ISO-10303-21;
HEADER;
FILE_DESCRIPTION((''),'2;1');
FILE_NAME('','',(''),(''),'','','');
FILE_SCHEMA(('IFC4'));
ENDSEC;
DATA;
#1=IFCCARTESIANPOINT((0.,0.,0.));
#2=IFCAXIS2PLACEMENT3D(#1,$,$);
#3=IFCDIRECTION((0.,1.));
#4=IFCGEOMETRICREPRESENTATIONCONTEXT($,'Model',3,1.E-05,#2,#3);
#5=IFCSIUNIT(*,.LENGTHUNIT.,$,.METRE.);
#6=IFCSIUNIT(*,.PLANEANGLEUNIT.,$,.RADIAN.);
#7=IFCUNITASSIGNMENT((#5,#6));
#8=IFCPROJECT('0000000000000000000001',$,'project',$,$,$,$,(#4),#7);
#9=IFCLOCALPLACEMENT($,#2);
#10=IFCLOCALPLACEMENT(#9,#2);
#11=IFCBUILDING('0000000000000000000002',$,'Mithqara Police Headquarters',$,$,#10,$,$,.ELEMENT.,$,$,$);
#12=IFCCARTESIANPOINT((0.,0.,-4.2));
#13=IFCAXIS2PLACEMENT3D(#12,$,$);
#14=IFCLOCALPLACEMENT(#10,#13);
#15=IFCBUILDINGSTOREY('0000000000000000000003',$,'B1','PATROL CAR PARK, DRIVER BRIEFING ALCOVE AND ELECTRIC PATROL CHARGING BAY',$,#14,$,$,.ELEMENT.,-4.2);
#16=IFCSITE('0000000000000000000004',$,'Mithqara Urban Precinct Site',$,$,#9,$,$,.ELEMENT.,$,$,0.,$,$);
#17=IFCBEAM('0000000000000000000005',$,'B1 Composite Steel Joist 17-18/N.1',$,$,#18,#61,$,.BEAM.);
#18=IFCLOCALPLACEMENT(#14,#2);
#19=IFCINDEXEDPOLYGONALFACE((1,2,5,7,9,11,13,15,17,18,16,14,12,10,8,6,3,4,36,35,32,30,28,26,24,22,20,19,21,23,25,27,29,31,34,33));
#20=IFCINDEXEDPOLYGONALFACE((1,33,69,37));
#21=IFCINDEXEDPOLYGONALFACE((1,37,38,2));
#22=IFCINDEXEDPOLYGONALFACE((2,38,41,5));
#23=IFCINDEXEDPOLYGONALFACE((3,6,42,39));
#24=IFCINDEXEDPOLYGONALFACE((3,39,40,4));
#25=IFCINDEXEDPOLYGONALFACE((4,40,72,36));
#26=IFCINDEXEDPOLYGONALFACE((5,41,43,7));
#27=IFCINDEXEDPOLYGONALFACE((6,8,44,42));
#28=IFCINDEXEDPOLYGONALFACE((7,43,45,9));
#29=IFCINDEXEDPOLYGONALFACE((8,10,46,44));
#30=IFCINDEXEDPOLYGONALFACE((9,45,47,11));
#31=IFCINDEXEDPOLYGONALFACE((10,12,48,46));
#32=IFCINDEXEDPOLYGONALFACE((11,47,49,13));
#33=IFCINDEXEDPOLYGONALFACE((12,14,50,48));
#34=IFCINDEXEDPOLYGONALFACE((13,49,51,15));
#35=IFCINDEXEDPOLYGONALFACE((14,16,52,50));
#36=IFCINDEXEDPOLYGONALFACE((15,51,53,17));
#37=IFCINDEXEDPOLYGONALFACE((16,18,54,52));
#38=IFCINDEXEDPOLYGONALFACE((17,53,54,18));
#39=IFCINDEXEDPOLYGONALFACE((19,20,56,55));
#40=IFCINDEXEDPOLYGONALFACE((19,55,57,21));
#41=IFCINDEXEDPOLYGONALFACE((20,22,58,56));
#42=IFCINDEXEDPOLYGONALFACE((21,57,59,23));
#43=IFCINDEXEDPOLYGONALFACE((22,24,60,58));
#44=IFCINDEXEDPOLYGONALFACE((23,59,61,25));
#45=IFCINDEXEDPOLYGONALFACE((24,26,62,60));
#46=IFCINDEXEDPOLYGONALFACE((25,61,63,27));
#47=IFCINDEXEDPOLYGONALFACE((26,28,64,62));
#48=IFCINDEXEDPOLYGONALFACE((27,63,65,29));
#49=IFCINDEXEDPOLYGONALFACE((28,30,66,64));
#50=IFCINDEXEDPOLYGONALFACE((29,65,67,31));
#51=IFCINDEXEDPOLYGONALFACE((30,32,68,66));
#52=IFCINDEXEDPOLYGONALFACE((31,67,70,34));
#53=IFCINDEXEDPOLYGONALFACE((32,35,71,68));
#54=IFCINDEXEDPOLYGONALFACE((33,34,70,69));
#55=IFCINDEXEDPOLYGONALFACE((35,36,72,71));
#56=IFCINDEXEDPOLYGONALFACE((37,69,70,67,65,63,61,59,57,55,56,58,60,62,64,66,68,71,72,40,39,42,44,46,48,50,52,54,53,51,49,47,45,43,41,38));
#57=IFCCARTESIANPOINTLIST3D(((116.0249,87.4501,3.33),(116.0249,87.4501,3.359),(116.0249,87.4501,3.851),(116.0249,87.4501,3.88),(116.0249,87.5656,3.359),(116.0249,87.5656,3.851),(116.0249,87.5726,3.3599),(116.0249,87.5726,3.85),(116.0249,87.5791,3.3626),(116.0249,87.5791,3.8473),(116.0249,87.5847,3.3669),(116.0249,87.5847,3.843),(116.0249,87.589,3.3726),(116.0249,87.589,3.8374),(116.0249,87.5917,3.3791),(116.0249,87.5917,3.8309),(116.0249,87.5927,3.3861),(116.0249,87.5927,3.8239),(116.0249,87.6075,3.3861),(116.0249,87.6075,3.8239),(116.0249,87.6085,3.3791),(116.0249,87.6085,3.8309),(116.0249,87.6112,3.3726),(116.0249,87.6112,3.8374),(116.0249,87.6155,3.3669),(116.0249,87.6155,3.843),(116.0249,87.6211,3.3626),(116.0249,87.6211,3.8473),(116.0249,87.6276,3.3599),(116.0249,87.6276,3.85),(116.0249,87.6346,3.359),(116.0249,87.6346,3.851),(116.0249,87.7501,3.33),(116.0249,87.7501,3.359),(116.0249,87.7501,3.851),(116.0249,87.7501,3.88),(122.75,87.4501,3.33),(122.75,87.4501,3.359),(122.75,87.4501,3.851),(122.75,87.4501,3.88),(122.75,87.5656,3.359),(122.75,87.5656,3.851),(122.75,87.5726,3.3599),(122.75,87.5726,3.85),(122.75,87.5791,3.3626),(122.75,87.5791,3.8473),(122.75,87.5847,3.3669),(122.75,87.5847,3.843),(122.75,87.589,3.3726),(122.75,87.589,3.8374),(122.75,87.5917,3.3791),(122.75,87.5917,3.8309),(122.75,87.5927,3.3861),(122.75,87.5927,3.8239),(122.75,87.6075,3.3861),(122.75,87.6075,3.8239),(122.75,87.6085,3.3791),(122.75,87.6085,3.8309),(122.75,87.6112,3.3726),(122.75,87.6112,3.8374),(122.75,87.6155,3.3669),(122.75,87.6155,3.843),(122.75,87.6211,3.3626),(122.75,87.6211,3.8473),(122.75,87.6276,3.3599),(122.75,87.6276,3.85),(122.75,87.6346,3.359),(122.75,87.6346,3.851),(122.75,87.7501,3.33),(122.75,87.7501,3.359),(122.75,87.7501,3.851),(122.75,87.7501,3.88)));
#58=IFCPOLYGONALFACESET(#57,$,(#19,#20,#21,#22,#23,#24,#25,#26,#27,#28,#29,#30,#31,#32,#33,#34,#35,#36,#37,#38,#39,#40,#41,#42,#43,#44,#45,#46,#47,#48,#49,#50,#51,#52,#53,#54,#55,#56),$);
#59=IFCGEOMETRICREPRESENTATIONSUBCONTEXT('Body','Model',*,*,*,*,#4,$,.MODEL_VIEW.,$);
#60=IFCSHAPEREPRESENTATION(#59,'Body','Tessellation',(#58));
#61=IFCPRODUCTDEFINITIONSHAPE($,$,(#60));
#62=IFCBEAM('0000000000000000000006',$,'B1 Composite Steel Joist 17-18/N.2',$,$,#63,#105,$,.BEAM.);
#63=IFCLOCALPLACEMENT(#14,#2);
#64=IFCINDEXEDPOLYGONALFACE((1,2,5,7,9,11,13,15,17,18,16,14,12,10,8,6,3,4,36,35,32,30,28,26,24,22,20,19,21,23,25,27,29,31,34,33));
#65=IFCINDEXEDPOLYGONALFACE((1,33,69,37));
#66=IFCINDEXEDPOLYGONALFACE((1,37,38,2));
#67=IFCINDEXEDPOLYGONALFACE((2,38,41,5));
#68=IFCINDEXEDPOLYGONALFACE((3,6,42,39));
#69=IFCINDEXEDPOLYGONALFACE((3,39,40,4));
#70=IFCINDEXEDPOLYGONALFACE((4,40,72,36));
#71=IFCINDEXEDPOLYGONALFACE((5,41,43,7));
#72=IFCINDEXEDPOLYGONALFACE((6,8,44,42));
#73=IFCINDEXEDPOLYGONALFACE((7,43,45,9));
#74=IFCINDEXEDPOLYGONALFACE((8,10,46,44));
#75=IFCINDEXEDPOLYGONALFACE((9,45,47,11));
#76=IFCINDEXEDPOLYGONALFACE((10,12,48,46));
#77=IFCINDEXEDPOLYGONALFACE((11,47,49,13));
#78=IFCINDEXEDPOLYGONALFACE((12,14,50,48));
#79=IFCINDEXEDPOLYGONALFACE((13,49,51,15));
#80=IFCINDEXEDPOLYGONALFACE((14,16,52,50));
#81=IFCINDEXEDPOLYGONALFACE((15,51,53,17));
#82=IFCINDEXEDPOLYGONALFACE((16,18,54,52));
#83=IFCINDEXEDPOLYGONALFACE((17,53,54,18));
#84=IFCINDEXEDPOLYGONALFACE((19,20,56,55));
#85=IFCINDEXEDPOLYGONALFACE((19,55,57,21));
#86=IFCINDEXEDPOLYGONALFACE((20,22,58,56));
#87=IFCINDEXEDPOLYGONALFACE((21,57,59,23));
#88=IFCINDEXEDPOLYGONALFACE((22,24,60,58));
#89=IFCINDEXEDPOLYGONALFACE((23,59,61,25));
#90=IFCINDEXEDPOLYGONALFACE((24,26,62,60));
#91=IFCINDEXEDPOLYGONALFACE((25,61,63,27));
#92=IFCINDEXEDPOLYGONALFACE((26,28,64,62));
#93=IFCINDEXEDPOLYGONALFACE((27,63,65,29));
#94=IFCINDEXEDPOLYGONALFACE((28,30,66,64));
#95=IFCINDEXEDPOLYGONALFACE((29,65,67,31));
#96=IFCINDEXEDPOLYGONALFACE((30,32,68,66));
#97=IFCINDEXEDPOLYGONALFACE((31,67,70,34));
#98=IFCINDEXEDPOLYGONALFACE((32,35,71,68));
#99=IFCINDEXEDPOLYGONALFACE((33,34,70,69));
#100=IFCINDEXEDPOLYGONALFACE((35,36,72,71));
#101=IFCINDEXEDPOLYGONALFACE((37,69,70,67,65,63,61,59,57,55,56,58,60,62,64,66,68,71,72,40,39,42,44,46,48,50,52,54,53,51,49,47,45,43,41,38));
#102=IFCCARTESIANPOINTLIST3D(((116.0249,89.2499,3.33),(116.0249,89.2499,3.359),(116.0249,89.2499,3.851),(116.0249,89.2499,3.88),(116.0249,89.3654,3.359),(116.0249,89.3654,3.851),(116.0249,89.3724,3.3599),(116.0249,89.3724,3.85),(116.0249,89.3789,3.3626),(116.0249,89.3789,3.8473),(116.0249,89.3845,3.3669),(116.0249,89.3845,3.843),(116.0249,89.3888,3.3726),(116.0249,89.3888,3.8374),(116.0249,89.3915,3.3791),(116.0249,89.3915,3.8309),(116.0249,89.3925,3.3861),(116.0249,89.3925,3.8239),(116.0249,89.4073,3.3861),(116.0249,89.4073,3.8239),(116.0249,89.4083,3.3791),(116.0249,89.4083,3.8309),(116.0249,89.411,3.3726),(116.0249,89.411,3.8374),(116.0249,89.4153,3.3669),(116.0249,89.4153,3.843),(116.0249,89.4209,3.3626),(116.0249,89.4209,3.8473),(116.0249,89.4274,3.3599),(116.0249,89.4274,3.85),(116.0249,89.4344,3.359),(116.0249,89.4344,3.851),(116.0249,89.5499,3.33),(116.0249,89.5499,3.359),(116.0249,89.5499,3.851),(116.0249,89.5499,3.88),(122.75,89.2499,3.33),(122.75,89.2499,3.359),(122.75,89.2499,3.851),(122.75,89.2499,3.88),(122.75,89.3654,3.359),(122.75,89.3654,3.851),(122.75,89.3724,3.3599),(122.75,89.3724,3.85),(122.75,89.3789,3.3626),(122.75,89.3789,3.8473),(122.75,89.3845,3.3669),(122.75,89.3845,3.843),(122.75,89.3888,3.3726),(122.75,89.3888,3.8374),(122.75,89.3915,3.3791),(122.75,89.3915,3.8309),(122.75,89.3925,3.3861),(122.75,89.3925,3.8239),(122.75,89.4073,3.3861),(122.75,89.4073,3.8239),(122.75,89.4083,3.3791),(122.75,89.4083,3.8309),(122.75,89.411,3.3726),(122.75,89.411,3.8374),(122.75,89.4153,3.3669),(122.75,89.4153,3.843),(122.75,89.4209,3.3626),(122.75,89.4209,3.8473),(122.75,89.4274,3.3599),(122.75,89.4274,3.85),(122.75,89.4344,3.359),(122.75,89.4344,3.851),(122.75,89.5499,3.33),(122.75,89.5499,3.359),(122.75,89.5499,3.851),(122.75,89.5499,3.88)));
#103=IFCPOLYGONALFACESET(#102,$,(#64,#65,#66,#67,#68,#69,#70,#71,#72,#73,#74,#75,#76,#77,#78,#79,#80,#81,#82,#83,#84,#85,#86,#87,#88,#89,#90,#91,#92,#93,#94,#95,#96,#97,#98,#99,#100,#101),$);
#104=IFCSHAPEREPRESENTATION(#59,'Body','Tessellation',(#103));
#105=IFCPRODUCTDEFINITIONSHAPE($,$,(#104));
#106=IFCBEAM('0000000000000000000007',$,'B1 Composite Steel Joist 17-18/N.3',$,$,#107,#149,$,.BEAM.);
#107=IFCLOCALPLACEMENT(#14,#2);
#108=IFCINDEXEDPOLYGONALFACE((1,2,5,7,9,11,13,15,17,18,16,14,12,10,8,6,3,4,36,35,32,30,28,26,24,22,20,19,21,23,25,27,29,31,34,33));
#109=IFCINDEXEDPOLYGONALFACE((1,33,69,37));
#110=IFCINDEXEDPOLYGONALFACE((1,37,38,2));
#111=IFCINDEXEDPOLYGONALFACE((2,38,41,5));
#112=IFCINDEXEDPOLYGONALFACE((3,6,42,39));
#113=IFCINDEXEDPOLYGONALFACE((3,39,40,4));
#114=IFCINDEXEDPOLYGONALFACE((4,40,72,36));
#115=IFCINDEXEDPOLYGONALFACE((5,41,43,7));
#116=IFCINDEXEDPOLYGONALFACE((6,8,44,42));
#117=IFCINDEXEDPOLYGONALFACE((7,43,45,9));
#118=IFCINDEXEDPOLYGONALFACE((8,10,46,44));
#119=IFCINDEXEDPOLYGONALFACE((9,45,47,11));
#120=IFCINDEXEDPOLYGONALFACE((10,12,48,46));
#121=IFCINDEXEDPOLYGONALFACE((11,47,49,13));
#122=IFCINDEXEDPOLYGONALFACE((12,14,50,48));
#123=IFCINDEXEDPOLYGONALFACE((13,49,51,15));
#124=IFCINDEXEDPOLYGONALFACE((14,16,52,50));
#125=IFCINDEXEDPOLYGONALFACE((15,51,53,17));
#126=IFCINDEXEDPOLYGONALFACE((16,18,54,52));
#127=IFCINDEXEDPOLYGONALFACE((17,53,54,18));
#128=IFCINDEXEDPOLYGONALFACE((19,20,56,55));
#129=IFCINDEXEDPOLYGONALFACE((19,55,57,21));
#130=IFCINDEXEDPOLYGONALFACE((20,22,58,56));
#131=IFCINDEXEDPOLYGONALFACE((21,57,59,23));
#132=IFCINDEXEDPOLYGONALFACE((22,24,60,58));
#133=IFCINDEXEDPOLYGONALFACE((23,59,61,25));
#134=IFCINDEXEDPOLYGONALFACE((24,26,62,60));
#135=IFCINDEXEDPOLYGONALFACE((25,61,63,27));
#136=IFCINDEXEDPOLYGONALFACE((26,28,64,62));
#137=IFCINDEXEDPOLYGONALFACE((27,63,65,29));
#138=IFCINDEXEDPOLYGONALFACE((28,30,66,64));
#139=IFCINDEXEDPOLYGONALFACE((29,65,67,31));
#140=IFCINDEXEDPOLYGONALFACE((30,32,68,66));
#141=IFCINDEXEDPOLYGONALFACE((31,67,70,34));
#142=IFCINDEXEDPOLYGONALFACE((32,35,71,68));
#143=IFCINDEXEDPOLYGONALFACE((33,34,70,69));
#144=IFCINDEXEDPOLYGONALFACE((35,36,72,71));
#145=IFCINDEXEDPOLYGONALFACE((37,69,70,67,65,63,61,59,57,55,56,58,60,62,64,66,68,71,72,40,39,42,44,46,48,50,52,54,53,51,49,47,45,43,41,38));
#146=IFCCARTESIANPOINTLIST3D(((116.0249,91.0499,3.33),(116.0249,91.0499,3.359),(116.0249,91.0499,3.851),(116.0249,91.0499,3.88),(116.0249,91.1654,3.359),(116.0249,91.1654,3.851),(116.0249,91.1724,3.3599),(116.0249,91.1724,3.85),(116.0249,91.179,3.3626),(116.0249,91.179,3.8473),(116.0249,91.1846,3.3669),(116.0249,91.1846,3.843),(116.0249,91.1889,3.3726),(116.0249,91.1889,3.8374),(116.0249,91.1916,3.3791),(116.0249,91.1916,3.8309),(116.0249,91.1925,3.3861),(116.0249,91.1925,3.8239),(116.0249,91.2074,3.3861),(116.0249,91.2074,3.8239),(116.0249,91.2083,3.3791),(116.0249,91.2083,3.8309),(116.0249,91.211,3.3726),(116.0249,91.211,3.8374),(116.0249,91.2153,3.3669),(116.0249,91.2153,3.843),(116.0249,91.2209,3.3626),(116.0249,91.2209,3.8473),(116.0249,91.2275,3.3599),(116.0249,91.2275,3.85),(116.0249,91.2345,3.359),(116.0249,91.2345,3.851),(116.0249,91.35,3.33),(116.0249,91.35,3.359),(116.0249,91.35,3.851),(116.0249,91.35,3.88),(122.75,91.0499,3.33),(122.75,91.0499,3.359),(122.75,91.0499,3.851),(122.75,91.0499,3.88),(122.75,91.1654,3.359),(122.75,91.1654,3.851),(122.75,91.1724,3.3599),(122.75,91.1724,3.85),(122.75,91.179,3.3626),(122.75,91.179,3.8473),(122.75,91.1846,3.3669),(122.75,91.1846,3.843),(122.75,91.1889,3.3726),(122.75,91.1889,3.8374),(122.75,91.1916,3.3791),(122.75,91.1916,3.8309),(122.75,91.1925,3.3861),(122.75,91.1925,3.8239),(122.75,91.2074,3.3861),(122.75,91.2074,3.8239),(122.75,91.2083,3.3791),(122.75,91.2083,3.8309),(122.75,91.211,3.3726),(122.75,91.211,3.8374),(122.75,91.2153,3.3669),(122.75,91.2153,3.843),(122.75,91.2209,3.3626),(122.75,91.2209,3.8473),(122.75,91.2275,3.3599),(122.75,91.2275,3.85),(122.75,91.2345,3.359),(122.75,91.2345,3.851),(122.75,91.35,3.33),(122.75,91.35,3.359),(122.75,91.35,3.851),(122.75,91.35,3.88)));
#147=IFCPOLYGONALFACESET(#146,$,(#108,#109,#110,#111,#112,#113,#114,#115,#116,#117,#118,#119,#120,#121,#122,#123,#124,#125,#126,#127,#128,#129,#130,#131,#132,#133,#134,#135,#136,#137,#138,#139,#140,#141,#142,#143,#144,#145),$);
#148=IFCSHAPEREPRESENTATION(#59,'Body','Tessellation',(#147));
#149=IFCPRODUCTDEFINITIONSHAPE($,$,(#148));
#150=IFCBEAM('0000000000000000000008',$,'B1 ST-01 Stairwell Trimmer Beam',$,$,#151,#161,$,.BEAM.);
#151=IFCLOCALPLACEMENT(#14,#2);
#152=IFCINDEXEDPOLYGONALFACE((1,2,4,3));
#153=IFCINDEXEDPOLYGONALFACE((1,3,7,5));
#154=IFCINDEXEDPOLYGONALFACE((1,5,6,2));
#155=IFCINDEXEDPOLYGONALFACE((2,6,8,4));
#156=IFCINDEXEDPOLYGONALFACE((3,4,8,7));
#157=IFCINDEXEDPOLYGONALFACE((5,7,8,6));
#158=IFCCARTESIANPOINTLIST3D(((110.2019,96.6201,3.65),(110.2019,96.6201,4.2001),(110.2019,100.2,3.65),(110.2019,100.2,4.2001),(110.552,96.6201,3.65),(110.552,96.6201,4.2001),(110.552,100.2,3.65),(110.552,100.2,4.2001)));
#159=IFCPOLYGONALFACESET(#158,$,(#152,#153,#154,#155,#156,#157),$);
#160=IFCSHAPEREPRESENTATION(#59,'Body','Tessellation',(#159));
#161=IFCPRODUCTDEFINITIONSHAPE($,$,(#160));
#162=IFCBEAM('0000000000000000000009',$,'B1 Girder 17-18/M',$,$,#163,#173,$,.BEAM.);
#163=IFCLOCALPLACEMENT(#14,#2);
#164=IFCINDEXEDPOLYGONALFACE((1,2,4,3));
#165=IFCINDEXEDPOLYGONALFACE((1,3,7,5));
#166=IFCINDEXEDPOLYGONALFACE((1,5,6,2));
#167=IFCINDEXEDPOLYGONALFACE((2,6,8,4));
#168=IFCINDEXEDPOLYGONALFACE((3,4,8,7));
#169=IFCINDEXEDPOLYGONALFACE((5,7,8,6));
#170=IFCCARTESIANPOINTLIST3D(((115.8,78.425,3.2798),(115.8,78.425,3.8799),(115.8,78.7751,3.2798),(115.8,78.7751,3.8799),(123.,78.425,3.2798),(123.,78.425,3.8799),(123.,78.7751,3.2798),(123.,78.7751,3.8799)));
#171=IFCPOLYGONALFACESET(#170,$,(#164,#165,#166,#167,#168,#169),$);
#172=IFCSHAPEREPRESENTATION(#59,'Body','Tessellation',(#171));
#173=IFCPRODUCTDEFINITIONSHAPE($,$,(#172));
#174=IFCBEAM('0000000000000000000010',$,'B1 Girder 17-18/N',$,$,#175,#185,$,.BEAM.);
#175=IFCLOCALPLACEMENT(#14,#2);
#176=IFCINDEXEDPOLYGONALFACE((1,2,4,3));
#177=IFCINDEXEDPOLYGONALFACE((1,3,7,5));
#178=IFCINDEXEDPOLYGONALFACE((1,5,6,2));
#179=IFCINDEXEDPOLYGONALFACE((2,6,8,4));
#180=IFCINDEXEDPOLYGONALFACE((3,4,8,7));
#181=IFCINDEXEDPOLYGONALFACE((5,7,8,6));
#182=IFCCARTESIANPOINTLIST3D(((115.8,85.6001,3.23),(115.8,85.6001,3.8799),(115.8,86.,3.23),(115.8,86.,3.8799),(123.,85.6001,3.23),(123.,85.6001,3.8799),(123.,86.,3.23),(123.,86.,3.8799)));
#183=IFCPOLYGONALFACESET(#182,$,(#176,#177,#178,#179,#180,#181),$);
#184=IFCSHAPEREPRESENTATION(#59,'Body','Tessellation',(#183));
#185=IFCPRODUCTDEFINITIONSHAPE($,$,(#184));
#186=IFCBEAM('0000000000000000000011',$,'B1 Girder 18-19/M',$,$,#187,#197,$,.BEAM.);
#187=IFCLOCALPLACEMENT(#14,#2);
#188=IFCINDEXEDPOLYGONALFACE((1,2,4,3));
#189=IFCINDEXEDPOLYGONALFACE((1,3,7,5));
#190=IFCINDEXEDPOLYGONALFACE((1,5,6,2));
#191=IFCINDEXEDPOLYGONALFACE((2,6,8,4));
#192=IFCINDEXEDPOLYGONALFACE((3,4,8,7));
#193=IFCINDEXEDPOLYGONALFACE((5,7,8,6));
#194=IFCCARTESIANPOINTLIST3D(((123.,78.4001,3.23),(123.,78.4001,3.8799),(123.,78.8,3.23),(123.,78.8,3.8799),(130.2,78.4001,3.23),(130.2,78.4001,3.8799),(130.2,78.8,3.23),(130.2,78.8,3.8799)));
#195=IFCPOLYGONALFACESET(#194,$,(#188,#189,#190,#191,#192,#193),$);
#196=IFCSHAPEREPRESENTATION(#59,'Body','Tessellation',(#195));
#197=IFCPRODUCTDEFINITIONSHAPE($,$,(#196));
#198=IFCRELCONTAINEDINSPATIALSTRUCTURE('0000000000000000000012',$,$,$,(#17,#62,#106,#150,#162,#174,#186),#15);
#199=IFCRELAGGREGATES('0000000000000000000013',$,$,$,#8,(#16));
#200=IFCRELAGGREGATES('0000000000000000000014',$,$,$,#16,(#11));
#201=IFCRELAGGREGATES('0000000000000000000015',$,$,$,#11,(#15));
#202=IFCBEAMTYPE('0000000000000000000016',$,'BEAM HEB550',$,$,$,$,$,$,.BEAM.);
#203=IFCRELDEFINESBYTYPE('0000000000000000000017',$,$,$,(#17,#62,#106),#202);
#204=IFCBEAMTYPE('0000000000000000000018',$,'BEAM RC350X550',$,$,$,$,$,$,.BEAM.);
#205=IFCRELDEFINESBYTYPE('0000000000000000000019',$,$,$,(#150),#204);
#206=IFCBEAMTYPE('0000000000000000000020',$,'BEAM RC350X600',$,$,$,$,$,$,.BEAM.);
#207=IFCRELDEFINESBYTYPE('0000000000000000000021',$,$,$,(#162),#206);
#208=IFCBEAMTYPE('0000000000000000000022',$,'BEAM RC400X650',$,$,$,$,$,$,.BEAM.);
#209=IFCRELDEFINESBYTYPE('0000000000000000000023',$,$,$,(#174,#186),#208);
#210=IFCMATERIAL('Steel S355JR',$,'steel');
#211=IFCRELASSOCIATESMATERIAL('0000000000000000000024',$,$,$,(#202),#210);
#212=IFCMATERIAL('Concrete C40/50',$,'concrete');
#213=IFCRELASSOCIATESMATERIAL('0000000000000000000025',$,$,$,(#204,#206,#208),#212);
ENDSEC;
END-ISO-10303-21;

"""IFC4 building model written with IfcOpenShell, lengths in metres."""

from ifc_helpers import new_model, si_unit, direction, frame, origin, origin_2d, place, context, subcontext, project, spatial, rectangle, i_section, extrude, material, material_profile, profile_set, type_object, element, save


model = new_model("IFC4")

# Units and contexts
model_context = context("Model", 3, precision=1e-05, world=origin(), true_north=direction((0.0, 1.0)))
body_context = subcontext(model_context, "Body", "Model", "MODEL_VIEW")
ifc_project = project(units=[si_unit("LENGTHUNIT", "METRE"), si_unit("PLANEANGLEUNIT", "RADIAN")], contexts=[model_context])

# Site, building, storey
site_placement = place(None, origin())
site = spatial("IfcSite", under=ifc_project, at=site_placement, Name="Mithqara Urban Precinct Site", CompositionType="ELEMENT", RefElevation=0.0)
building_placement = place(site_placement, origin())
building = spatial("IfcBuilding", under=site, at=building_placement, Name="Mithqara Police Headquarters", CompositionType="ELEMENT")
storey_placement = place(building_placement, frame((0.0, 0.0, -4.2)))
storey = spatial("IfcBuildingStorey", under=building, at=storey_placement, Name="B1", Description="PATROL CAR PARK, DRIVER BRIEFING ALCOVE AND ELECTRIC PATROL CHARGING BAY", CompositionType="ELEMENT", Elevation=-4.2)

# Beams
ifc_material_1 = material(Name="Steel S355JR", Category="steel")
ifc_material_profile_1 = material_profile(ifc_material_1, i_section(OverallWidth=0.3, OverallDepth=0.55, WebThickness=0.0149, FlangeThickness=0.0291, FilletRadius=0.0271, at=origin_2d()), Name="HEB 550")
ifc_profile_set_1 = profile_set([ifc_material_profile_1], Name="Steel S355JR")
beam_type_1 = type_object("IfcBeamType", Name="BEAM HEB550", PredefinedType="BEAM", material=ifc_profile_set_1)
for number, where, z_axis, x_axis, name in (
    (1, (116.0249, 87.6001, 3.605), (1.0, 0.0, 0.0), (0.0, 1.0, 0.0), "B1 Composite Steel Joist 17-18/N.1"),
    (2, (116.0249, 89.3999, 3.605), (1.0, 0.0, 0.0), (0.0, 1.0, 0.0), "B1 Composite Steel Joist 17-18/N.2"),
    (3, (116.0249, 91.2, 3.605), (1.0, 0.0, 0.0), (0.0, 1.0, 0.0), "B1 Composite Steel Joist 17-18/N.3"),
):
    element("IfcBeam", number, at=place(storey_placement, frame(where, z_axis=z_axis, x_axis=x_axis)), inside=storey, type_object=beam_type_1, Name=name, PredefinedType="BEAM", context=body_context, shape_type="SweptSolid", body=[
        extrude(i_section(OverallWidth=0.3, OverallDepth=0.55, WebThickness=0.0149, FlangeThickness=0.0291, FilletRadius=0.0271, at=origin_2d()), origin(), (0.0, 0.0, 1.0), 6.7251),
    ])
ifc_material_2 = material(Name="Concrete C40/50", Category="concrete")
ifc_material_profile_2 = material_profile(ifc_material_2, rectangle(XDim=0.3501, YDim=0.55, at=origin_2d()), Name="RC 350x550")
ifc_profile_set_2 = profile_set([ifc_material_profile_2], Name="Concrete C40/50")
beam_type_2 = type_object("IfcBeamType", Name="BEAM RC350X550", PredefinedType="BEAM", material=ifc_profile_set_2)
beam_1_placement = place(storey_placement, frame((110.377, 96.6201, 3.925), z_axis=(0.0, 1.0, 0.0), x_axis=(-1.0, 0.0, 0.0)))
element("IfcBeam", 4, at=beam_1_placement, inside=storey, type_object=beam_type_2, Name="B1 ST-01 Stairwell Trimmer Beam", PredefinedType="BEAM", context=body_context, shape_type="SweptSolid", body=[
    extrude(rectangle(XDim=0.3501, YDim=0.55, at=origin_2d()), origin(), (0.0, 0.0, 1.0), 3.5798),
])
ifc_material_profile_3 = material_profile(ifc_material_2, rectangle(XDim=0.3501, YDim=0.6001, at=origin_2d()), Name="RC 350x600")
ifc_profile_set_3 = profile_set([ifc_material_profile_3], Name="Concrete C40/50")
beam_type_3 = type_object("IfcBeamType", Name="BEAM RC350X600", PredefinedType="BEAM", material=ifc_profile_set_3)
beam_2_placement = place(storey_placement, frame((115.8, 78.6001, 3.5798), z_axis=(1.0, 0.0, 0.0), x_axis=(0.0, 1.0, 0.0)))
element("IfcBeam", 5, at=beam_2_placement, inside=storey, type_object=beam_type_3, Name="B1 Girder 17-18/M", PredefinedType="BEAM", context=body_context, shape_type="SweptSolid", body=[
    extrude(rectangle(XDim=0.3501, YDim=0.6001, at=origin_2d()), origin(), (0.0, 0.0, 1.0), 7.2),
])
ifc_material_profile_4 = material_profile(ifc_material_2, rectangle(XDim=0.3999, YDim=0.6499, at=origin_2d()), Name="RC 400x650")
ifc_profile_set_4 = profile_set([ifc_material_profile_4], Name="Concrete C40/50")
beam_type_4 = type_object("IfcBeamType", Name="BEAM RC400X650", PredefinedType="BEAM", material=ifc_profile_set_4)
for number, where, z_axis, x_axis, name in (
    (6, (115.8, 85.8, 3.5549), (1.0, 0.0, 0.0), (0.0, 1.0, 0.0), "B1 Girder 17-18/N"),
    (7, (123.0, 78.6001, 3.5549), (1.0, 0.0, 0.0), (0.0, 1.0, 0.0), "B1 Girder 18-19/M"),
):
    element("IfcBeam", number, at=place(storey_placement, frame(where, z_axis=z_axis, x_axis=x_axis)), inside=storey, type_object=beam_type_4, Name=name, PredefinedType="BEAM", context=body_context, shape_type="SweptSolid", body=[
        extrude(rectangle(XDim=0.3999, YDim=0.6499, at=origin_2d()), origin(), (0.0, 0.0, 1.0), 7.2),
    ])

save(model, "model.ifc")
